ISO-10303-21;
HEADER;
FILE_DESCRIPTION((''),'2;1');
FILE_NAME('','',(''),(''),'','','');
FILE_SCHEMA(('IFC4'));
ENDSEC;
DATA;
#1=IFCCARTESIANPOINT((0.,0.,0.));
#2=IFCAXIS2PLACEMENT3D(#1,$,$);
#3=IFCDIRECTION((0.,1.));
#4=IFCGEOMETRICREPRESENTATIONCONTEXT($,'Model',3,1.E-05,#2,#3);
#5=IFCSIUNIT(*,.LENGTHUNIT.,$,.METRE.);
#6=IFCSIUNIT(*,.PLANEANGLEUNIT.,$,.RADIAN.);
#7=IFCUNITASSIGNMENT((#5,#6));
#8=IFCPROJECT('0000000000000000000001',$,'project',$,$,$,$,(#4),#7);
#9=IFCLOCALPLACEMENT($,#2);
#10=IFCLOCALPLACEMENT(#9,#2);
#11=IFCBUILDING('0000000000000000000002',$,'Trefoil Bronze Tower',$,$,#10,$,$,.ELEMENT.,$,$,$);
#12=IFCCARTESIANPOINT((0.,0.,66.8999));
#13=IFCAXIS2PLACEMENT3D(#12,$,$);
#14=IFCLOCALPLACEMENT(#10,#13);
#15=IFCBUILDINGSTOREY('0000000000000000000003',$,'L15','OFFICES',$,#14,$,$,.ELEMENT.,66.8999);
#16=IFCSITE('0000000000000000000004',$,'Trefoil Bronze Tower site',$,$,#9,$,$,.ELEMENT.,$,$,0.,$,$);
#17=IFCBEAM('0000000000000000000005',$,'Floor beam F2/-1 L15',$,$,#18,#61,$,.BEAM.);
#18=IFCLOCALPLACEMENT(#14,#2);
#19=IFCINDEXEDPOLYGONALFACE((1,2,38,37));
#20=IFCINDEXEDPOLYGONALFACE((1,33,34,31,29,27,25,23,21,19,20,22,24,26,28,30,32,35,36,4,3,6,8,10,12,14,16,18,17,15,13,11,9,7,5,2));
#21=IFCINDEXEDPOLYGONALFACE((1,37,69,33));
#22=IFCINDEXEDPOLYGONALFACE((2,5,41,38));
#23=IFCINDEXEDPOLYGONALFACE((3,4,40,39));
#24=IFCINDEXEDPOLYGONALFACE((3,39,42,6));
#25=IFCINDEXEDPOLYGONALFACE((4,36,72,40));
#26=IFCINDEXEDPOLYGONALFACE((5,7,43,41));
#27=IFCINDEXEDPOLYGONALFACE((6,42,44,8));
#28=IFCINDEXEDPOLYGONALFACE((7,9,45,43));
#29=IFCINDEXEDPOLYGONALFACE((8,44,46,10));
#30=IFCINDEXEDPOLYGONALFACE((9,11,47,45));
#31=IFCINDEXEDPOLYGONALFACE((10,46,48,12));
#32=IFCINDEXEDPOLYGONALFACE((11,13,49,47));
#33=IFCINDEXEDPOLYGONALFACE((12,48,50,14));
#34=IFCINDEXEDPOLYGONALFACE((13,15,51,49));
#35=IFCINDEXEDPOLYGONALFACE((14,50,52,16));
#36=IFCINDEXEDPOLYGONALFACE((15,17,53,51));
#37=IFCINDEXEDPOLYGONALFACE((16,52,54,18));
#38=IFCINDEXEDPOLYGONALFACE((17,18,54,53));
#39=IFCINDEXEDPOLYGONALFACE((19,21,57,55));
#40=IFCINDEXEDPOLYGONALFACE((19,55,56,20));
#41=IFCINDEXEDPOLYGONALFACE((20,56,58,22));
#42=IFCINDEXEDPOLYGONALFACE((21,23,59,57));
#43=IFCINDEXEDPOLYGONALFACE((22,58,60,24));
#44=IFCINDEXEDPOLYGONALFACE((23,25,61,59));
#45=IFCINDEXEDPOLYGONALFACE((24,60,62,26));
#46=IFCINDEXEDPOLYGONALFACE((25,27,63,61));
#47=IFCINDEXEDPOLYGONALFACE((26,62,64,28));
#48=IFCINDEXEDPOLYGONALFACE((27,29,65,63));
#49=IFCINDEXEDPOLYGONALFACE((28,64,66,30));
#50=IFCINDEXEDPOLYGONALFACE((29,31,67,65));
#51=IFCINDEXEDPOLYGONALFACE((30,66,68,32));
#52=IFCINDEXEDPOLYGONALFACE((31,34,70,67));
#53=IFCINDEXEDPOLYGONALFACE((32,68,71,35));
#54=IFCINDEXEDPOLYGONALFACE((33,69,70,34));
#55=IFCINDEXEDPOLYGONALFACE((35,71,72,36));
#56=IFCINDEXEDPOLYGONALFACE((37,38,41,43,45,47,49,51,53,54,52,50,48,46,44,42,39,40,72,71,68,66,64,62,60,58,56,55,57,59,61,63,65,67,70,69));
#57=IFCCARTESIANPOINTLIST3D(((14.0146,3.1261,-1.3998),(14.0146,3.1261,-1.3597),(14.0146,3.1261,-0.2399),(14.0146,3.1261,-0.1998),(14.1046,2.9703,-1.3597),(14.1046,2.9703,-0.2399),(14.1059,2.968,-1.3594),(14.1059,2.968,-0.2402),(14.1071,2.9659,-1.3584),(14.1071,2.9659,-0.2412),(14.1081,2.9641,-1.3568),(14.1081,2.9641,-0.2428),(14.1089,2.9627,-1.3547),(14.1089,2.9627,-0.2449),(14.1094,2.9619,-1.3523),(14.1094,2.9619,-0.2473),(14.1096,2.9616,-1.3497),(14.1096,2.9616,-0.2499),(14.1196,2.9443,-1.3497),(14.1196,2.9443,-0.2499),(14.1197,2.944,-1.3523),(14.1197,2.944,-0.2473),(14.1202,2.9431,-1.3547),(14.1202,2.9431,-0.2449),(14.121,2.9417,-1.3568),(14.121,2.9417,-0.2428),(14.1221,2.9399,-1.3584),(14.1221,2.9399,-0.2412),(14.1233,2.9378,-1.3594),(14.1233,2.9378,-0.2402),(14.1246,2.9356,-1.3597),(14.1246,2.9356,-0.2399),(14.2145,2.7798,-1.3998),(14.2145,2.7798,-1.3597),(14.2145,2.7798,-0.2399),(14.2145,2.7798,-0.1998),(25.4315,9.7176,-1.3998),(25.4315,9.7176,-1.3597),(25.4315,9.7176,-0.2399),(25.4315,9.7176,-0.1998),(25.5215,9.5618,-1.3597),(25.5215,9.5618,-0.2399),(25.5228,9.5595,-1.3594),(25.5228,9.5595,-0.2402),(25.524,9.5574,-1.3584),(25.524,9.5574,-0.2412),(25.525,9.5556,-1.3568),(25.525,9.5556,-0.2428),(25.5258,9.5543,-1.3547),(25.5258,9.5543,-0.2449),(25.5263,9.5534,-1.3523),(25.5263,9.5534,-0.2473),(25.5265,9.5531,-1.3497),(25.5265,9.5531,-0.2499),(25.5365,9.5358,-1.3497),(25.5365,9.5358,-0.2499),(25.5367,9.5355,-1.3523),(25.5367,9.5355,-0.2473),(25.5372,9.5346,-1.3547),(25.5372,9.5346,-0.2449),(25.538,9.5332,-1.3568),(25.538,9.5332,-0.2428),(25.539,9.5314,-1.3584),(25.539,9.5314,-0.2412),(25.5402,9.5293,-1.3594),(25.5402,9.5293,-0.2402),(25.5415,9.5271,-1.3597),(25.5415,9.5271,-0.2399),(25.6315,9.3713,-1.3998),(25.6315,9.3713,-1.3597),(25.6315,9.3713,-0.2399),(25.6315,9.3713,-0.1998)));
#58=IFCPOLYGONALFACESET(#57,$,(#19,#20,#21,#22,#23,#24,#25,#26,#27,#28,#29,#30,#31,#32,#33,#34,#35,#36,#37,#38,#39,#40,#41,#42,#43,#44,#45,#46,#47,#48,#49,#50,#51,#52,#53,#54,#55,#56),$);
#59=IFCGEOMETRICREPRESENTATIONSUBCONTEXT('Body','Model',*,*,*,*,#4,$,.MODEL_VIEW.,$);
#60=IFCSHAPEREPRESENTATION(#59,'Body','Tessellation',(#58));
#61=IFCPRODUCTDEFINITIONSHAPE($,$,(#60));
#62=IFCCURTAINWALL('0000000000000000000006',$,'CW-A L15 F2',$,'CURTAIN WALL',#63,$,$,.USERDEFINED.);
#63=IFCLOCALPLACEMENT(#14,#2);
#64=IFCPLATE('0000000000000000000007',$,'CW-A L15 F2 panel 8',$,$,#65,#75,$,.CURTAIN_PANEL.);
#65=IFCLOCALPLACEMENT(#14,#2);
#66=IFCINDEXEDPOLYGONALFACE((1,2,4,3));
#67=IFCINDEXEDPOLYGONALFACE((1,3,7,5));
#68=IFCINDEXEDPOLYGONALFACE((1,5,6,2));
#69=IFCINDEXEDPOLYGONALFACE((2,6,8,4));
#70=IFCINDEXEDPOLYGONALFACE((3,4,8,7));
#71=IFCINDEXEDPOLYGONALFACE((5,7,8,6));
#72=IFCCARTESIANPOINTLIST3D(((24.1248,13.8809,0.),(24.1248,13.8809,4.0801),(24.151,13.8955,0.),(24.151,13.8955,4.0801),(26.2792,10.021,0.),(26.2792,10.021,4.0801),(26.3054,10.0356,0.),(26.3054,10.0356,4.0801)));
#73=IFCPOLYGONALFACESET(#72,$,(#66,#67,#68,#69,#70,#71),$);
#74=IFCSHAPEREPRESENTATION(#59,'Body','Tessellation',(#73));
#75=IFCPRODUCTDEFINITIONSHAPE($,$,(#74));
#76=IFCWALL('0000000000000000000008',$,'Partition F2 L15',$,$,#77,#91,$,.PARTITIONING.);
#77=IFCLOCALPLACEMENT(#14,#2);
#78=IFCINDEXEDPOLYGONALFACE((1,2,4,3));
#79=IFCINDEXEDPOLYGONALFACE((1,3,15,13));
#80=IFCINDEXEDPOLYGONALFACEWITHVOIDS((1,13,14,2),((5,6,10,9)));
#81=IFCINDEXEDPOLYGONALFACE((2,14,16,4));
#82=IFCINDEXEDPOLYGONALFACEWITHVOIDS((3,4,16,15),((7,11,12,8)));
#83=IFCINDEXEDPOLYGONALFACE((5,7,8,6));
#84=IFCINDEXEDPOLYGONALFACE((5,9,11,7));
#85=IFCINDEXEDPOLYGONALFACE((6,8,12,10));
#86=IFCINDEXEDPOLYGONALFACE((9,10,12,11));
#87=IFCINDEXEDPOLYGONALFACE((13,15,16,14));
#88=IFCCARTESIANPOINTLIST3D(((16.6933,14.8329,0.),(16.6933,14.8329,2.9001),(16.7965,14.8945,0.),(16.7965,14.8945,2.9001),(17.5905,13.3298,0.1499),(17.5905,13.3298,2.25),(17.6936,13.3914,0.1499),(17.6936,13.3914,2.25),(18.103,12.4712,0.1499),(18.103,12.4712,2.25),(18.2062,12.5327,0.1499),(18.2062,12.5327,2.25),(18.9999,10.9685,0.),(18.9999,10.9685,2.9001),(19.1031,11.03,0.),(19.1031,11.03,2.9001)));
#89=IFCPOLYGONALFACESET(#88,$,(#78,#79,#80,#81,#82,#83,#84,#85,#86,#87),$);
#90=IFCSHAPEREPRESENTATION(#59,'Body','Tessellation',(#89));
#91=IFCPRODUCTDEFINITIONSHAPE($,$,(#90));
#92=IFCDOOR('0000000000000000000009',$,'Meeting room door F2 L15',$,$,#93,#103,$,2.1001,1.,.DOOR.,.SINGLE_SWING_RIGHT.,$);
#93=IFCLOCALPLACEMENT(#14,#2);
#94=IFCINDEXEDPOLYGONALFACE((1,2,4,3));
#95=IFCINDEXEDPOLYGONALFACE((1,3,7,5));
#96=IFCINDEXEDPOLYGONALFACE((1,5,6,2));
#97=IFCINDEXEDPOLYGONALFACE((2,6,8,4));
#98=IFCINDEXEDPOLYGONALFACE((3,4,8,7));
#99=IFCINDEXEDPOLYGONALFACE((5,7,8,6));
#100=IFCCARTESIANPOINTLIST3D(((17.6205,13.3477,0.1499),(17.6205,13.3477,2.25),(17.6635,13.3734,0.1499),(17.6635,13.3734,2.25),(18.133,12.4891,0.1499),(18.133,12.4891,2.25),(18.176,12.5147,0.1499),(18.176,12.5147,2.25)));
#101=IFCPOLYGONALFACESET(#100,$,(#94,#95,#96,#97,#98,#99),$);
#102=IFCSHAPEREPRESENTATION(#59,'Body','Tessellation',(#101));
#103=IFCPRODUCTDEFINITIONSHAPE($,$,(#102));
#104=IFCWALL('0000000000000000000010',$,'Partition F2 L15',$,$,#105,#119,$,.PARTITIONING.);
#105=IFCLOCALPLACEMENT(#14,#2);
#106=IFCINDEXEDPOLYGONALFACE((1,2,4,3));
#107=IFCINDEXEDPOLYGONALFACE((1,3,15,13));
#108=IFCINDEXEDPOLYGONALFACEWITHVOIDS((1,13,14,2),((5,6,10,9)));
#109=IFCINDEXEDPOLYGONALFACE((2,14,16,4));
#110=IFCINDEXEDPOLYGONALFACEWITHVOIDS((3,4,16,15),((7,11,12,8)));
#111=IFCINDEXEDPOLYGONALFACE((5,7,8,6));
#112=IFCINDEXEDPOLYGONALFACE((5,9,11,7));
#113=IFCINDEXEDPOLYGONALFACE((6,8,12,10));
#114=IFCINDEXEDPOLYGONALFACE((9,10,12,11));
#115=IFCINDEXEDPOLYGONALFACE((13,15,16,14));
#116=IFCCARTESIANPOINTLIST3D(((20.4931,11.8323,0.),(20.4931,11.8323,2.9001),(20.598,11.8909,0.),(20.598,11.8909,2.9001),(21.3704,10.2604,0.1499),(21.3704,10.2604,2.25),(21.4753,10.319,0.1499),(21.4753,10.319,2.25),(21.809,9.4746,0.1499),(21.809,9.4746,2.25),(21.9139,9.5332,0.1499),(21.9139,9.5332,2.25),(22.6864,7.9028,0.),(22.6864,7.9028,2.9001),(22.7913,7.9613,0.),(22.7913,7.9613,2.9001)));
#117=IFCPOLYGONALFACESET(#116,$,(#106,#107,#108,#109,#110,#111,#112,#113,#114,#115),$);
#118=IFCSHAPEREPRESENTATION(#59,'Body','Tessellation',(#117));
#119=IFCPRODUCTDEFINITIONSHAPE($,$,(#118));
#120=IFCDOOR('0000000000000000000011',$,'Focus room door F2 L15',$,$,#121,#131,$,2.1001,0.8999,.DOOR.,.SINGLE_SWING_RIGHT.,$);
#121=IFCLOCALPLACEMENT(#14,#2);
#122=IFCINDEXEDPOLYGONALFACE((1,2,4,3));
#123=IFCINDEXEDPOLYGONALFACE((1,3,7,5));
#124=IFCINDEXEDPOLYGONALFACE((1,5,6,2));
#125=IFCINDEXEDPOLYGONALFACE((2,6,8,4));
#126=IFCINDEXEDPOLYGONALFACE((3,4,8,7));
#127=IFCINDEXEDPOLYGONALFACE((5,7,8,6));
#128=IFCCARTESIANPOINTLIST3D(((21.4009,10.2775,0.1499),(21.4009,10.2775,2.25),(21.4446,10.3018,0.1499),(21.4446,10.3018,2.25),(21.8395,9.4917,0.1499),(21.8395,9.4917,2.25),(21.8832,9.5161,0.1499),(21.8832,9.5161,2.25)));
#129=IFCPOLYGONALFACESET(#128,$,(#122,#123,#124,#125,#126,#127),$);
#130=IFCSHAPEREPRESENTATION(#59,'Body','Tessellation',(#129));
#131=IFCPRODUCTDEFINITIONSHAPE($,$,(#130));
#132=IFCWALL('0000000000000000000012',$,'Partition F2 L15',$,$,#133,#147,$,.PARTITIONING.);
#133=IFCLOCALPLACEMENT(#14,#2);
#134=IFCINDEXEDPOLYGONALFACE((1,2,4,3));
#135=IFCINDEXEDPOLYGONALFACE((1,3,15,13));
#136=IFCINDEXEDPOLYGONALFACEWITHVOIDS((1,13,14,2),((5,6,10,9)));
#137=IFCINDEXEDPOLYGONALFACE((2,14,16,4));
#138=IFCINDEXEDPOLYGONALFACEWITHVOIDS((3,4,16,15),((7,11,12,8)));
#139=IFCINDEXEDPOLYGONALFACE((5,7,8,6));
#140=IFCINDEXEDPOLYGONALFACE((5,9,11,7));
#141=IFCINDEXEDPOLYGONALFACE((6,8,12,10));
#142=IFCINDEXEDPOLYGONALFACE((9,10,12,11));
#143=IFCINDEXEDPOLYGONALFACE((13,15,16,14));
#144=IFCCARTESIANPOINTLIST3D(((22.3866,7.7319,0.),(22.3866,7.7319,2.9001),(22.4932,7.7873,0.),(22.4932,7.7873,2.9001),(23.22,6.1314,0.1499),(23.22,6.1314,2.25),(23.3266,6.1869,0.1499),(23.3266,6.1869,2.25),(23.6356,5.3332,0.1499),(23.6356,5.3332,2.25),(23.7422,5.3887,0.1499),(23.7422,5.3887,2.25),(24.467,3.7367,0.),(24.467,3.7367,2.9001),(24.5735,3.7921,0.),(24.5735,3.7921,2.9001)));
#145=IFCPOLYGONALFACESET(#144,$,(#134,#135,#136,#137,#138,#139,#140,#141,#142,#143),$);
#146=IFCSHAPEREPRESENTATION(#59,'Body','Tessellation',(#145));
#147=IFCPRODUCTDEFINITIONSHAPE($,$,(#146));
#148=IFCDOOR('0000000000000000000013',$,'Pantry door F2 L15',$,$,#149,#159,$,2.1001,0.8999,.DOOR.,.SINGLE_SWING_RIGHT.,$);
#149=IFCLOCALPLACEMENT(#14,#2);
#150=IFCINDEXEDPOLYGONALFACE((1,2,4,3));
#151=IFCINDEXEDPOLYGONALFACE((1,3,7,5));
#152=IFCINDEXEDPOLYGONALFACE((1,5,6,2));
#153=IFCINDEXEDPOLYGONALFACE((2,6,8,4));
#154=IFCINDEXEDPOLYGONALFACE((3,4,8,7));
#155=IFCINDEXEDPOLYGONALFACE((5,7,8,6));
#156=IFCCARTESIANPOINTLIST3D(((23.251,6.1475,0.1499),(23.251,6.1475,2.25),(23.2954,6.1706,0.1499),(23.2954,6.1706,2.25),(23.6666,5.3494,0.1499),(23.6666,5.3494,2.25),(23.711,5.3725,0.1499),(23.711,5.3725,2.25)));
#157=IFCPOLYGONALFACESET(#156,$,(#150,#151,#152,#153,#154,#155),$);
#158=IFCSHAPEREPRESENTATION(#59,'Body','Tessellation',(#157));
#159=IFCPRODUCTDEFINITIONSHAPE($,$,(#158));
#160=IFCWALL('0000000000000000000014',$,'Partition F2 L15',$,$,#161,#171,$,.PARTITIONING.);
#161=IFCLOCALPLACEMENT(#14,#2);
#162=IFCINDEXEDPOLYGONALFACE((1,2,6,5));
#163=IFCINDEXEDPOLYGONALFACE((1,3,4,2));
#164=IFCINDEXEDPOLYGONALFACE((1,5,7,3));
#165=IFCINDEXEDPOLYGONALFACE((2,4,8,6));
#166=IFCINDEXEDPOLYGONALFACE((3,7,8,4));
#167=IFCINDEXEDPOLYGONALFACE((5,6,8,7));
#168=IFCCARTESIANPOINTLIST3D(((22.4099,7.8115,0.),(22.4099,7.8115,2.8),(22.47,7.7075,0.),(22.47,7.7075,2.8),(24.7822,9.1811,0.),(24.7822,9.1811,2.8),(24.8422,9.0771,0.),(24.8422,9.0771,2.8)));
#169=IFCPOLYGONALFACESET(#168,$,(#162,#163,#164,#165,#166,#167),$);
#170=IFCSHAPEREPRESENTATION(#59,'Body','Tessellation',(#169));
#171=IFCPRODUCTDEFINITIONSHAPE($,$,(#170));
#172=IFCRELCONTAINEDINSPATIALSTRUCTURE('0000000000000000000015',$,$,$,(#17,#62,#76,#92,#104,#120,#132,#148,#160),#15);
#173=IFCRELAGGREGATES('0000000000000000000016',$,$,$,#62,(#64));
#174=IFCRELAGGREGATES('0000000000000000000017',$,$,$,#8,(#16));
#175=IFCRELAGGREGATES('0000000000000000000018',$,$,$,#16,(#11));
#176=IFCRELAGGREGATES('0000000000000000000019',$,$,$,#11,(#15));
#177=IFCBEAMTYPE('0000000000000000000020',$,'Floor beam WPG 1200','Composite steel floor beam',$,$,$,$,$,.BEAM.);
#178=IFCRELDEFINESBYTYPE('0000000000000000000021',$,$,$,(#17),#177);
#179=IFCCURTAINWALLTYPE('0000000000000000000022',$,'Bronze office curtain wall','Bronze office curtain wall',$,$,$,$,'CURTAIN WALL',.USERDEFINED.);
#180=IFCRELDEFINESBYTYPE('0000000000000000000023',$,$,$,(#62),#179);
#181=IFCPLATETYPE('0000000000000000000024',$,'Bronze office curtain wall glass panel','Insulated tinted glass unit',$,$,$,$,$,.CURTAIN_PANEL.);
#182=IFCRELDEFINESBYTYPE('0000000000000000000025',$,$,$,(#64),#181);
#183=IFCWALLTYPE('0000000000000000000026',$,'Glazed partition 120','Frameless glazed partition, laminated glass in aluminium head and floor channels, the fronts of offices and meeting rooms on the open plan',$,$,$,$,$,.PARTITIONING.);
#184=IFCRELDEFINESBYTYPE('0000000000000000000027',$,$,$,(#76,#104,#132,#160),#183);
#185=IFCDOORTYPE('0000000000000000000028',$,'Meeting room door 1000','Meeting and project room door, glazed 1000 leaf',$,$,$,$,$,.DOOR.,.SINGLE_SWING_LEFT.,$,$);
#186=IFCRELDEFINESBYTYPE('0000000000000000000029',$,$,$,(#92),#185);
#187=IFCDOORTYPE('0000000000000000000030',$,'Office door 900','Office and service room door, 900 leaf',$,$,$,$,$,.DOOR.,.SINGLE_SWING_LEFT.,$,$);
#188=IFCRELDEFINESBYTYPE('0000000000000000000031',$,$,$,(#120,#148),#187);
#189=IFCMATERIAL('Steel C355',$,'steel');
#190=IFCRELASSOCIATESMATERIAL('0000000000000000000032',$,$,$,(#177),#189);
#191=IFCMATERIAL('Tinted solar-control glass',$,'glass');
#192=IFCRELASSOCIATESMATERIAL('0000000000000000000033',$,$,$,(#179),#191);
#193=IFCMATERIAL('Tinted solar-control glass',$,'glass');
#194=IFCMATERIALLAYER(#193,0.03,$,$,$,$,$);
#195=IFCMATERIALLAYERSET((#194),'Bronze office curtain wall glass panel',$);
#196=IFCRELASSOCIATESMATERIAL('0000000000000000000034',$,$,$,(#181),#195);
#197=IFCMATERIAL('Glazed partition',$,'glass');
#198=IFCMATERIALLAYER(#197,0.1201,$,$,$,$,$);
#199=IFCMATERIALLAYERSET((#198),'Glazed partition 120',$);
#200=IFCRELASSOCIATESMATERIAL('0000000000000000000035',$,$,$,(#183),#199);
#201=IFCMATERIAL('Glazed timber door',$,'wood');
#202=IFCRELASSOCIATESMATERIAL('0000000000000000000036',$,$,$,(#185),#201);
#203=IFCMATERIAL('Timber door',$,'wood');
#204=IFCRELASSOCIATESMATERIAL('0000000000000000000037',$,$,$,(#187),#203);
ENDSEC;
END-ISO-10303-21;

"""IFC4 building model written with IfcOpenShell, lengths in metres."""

from ifc_helpers import new_model, si_unit, direction, frame, frame_2d, origin, origin_2d, place, context, subcontext, project, spatial, rectangle, i_section, extrude, material, layer, layer_set, material_profile, profile_set, type_object, element, fill, aggregate, save


model = new_model("IFC4")

# Units and contexts
model_context = context("Model", 3, precision=1e-05, world=origin(), true_north=direction((0.0, 1.0)))
body_context = subcontext(model_context, "Body", "Model", "MODEL_VIEW")
ifc_project = project(units=[si_unit("LENGTHUNIT", "METRE"), si_unit("PLANEANGLEUNIT", "RADIAN")], contexts=[model_context])

# Site, building, storey
site_placement = place(None, origin())
site = spatial("IfcSite", under=ifc_project, at=site_placement, Name="Trefoil Bronze Tower site", CompositionType="ELEMENT", RefElevation=0.0)
building_placement = place(site_placement, origin())
building = spatial("IfcBuilding", under=site, at=building_placement, Name="Trefoil Bronze Tower", CompositionType="ELEMENT")
storey_placement = place(building_placement, frame((0.0, 0.0, 66.8999)))
storey = spatial("IfcBuildingStorey", under=building, at=storey_placement, Name="L15", Description="OFFICES", CompositionType="ELEMENT", Elevation=66.8999)

# Beam
ifc_material_1 = material(Name="Steel C355", Category="steel")
ifc_material_profile_1 = material_profile(ifc_material_1, i_section(OverallWidth=0.3999, OverallDepth=1.2, WebThickness=0.02, FlangeThickness=0.04, FilletRadius=0.01, at=origin_2d()), Name="WPG 1200")
ifc_profile_set_1 = profile_set([ifc_material_profile_1], Name="Steel C355")
beam_type_1 = type_object("IfcBeamType", Name="Floor beam WPG 1200", Description="Composite steel floor beam", PredefinedType="BEAM", material=ifc_profile_set_1)
beam_placement = place(storey_placement, frame((25.5315, 9.5444, -0.7998), z_axis=(-0.866027, -0.499997, 0.0), x_axis=(0.499997, -0.866027, 0.0)))
element("IfcBeam", 1, at=beam_placement, inside=storey, type_object=beam_type_1, Name="Floor beam F2/-1 L15", PredefinedType="BEAM", context=body_context, shape_type="SweptSolid", body=[
    extrude(i_section(OverallWidth=0.3999, OverallDepth=1.2, WebThickness=0.02, FlangeThickness=0.04, FilletRadius=0.01, at=origin_2d()), origin(), (0.0, 0.0, 1.0), 13.1831),
])

# Curtain wall, plate
ifc_material_2 = material(Name="Tinted solar-control glass", Category="glass")
curtain_wall_type = type_object("IfcCurtainWallType", Name="Bronze office curtain wall", Description="Bronze office curtain wall", ElementType="CURTAIN WALL", PredefinedType="USERDEFINED", material=ifc_material_2)
curtain_wall_placement = place(storey_placement, origin())
curtain_wall = element("IfcCurtainWall", 2, at=curtain_wall_placement, inside=storey, type_object=curtain_wall_type, Name="CW-A L15 F2", ObjectType="CURTAIN WALL", PredefinedType="USERDEFINED")
ifc_material_3 = material(Name="Tinted solar-control glass", Category="glass")
ifc_layer_1 = layer(ifc_material_3, 0.03)
ifc_layer_set_1 = layer_set([ifc_layer_1], Name="Bronze office curtain wall glass panel")
plate_type = type_object("IfcPlateType", Name="Bronze office curtain wall glass panel", Description="Insulated tinted glass unit", PredefinedType="CURTAIN_PANEL", material=ifc_layer_set_1)
plate_placement = place(storey_placement, frame((25.2151, 11.9583, 0.0), z_axis=(0.0, 0.0, 1.0), x_axis=(-0.487382, 0.873189, 0.0)))
plate = element("IfcPlate", 3, at=plate_placement, type_object=plate_type, Name="CW-A L15 F2 panel 8", PredefinedType="CURTAIN_PANEL", context=body_context, shape_type="SweptSolid", body=[
    extrude(rectangle(XDim=4.4204, YDim=0.03, at=origin_2d()), origin(), (0.0, 0.0, 1.0), 4.0801),
])
aggregate(curtain_wall, [plate])

# Walls, openings, doors
ifc_material_4 = material(Name="Glazed partition", Category="glass")
ifc_layer_2 = layer(ifc_material_4, 0.1201)
ifc_layer_set_2 = layer_set([ifc_layer_2], Name="Glazed partition 120")
wall_type_1 = type_object("IfcWallType", Name="Glazed partition 120", Description="Frameless glazed partition, laminated glass in aluminium head and floor channels, the fronts of offices and meeting rooms on the open plan", PredefinedType="PARTITIONING", material=ifc_layer_set_2)
wall_1_placement = place(storey_placement, frame((19.0515, 10.9993, 0.0), z_axis=(0.0, 0.0, 1.0), x_axis=(-0.512524, 0.858673, 0.0)))
wall_1 = element("IfcWall", 4, at=wall_1_placement, inside=storey, type_object=wall_type_1, Name="Partition F2 L15", PredefinedType="PARTITIONING", context=body_context, shape_type="SweptSolid", body=[
    extrude(rectangle(XDim=4.5005, YDim=0.1201, at=frame_2d((2.2502, 0.0))), origin(), (0.0, 0.0, 1.0), 2.9001),
])
opening_1_placement = place(wall_1_placement, frame((1.75, 0.0, 0.1499)))
opening_1 = element("IfcOpeningElement", 5, at=opening_1_placement, cuts=wall_1, PredefinedType="OPENING", context=body_context, shape_type="SweptSolid", body=[
    extrude(rectangle(XDim=1.0, YDim=2.1001, at=frame_2d((0.5, 1.05))), frame((0.0, 0.0701, 0.0), z_axis=(0.0, -1.0, 0.0), x_axis=(1.0, 0.0, 0.0)), (0.0, 0.0, 1.0), 0.1401),
])
ifc_material_5 = material(Name="Glazed timber door", Category="wood")
door_type_1 = type_object("IfcDoorType", Name="Meeting room door 1000", Description="Meeting and project room door, glazed 1000 leaf", OperationType="SINGLE_SWING_LEFT", PredefinedType="DOOR", material=ifc_material_5)
door_1_placement = place(opening_1_placement, frame((1.0, 0.0, 0.0), z_axis=(0.0, 0.0, 1.0), x_axis=(-1.0, 0.0, 0.0)))
door_1 = element("IfcDoor", 6, at=door_1_placement, inside=storey, type_object=door_type_1, Name="Meeting room door F2 L15", OperationType="SINGLE_SWING_RIGHT", OverallHeight=2.1001, OverallWidth=1.0, PredefinedType="DOOR", context=body_context, shape_type="SweptSolid", body=[
    extrude(rectangle(XDim=1.0, YDim=2.1001, at=frame_2d((0.5, 1.05))), frame((0.0, 0.0249, 0.0), z_axis=(0.0, -1.0, 0.0), x_axis=(1.0, 0.0, 0.0)), (0.0, 0.0, 1.0), 0.05),
])
fill(opening_1, door_1)
wall_2_placement = place(storey_placement, frame((22.7388, 7.9321, 0.0), z_axis=(0.0, 0.0, 1.0), x_axis=(-0.487374, 0.873193, 0.0)))
wall_2 = element("IfcWall", 7, at=wall_2_placement, inside=storey, type_object=wall_type_1, Name="Partition F2 L15", PredefinedType="PARTITIONING", context=body_context, shape_type="SweptSolid", body=[
    extrude(rectangle(XDim=4.5002, YDim=0.1201, at=frame_2d((2.25, 0.0))), origin(), (0.0, 0.0, 1.0), 2.9001),
])
opening_2_placement = place(wall_2_placement, frame((1.8, 0.0, 0.1499)))
opening_2 = element("IfcOpeningElement", 8, at=opening_2_placement, cuts=wall_2, PredefinedType="OPENING", context=body_context, shape_type="SweptSolid", body=[
    extrude(rectangle(XDim=0.8999, YDim=2.1001, at=frame_2d((0.45, 1.05))), frame((0.0, 0.0701, 0.0), z_axis=(0.0, -1.0, 0.0), x_axis=(1.0, 0.0, 0.0)), (0.0, 0.0, 1.0), 0.1401),
])
ifc_material_6 = material(Name="Timber door", Category="wood")
door_type_2 = type_object("IfcDoorType", Name="Office door 900", Description="Office and service room door, 900 leaf", OperationType="SINGLE_SWING_LEFT", PredefinedType="DOOR", material=ifc_material_6)
door_2_placement = place(opening_2_placement, frame((0.8999, 0.0, 0.0), z_axis=(0.0, 0.0, 1.0), x_axis=(-1.0, 0.0, 0.0)))
door_2 = element("IfcDoor", 9, at=door_2_placement, inside=storey, type_object=door_type_2, Name="Focus room door F2 L15", OperationType="SINGLE_SWING_RIGHT", OverallHeight=2.1001, OverallWidth=0.8999, PredefinedType="DOOR", context=body_context, shape_type="SweptSolid", body=[
    extrude(rectangle(XDim=0.8999, YDim=2.1001, at=frame_2d((0.45, 1.05))), frame((0.0, 0.0249, 0.0), z_axis=(0.0, -1.0, 0.0), x_axis=(1.0, 0.0, 0.0)), (0.0, 0.0, 1.0), 0.05),
])
fill(opening_2, door_2)
wall_3_placement = place(storey_placement, frame((24.5203, 3.7644, 0.0), z_axis=(0.0, 0.0, 1.0), x_axis=(-0.461853, 0.886957, 0.0)))
wall_3 = element("IfcWall", 10, at=wall_3_placement, inside=storey, type_object=wall_type_1, Name="Partition F2 L15", PredefinedType="PARTITIONING", context=body_context, shape_type="SweptSolid", body=[
    extrude(rectangle(XDim=4.5044, YDim=0.1201, at=frame_2d((2.2522, 0.0))), origin(), (0.0, 0.0, 1.0), 2.9001),
])
opening_3_placement = place(wall_3_placement, frame((1.8, 0.0, 0.1499)))
opening_3 = element("IfcOpeningElement", 11, at=opening_3_placement, cuts=wall_3, PredefinedType="OPENING", context=body_context, shape_type="SweptSolid", body=[
    extrude(rectangle(XDim=0.8999, YDim=2.1001, at=frame_2d((0.45, 1.05))), frame((0.0, 0.0701, 0.0), z_axis=(0.0, -1.0, 0.0), x_axis=(1.0, 0.0, 0.0)), (0.0, 0.0, 1.0), 0.1401),
])
door_3_placement = place(opening_3_placement, frame((0.8999, 0.0, 0.0), z_axis=(0.0, 0.0, 1.0), x_axis=(-1.0, 0.0, 0.0)))
door_3 = element("IfcDoor", 12, at=door_3_placement, inside=storey, type_object=door_type_2, Name="Pantry door F2 L15", OperationType="SINGLE_SWING_RIGHT", OverallHeight=2.1001, OverallWidth=0.8999, PredefinedType="DOOR", context=body_context, shape_type="SweptSolid", body=[
    extrude(rectangle(XDim=0.8999, YDim=2.1001, at=frame_2d((0.45, 1.05))), frame((0.0, 0.0249, 0.0), z_axis=(0.0, -1.0, 0.0), x_axis=(1.0, 0.0, 0.0)), (0.0, 0.0, 1.0), 0.05),
])
fill(opening_3, door_3)

# Wall
wall_4_placement = place(storey_placement, frame((22.4399, 7.7595, 0.0), z_axis=(0.0, 0.0, 1.0), x_axis=(0.86603, 0.499992, 0.0)))
element("IfcWall", 13, at=wall_4_placement, inside=storey, type_object=wall_type_1, Name="Partition F2 L15", PredefinedType="PARTITIONING", context=body_context, shape_type="SweptSolid", body=[
    extrude(rectangle(XDim=2.7393, YDim=0.1201, at=frame_2d((1.3696, 0.0))), origin(), (0.0, 0.0, 1.0), 2.8),
])

save(model, "model.ifc")
